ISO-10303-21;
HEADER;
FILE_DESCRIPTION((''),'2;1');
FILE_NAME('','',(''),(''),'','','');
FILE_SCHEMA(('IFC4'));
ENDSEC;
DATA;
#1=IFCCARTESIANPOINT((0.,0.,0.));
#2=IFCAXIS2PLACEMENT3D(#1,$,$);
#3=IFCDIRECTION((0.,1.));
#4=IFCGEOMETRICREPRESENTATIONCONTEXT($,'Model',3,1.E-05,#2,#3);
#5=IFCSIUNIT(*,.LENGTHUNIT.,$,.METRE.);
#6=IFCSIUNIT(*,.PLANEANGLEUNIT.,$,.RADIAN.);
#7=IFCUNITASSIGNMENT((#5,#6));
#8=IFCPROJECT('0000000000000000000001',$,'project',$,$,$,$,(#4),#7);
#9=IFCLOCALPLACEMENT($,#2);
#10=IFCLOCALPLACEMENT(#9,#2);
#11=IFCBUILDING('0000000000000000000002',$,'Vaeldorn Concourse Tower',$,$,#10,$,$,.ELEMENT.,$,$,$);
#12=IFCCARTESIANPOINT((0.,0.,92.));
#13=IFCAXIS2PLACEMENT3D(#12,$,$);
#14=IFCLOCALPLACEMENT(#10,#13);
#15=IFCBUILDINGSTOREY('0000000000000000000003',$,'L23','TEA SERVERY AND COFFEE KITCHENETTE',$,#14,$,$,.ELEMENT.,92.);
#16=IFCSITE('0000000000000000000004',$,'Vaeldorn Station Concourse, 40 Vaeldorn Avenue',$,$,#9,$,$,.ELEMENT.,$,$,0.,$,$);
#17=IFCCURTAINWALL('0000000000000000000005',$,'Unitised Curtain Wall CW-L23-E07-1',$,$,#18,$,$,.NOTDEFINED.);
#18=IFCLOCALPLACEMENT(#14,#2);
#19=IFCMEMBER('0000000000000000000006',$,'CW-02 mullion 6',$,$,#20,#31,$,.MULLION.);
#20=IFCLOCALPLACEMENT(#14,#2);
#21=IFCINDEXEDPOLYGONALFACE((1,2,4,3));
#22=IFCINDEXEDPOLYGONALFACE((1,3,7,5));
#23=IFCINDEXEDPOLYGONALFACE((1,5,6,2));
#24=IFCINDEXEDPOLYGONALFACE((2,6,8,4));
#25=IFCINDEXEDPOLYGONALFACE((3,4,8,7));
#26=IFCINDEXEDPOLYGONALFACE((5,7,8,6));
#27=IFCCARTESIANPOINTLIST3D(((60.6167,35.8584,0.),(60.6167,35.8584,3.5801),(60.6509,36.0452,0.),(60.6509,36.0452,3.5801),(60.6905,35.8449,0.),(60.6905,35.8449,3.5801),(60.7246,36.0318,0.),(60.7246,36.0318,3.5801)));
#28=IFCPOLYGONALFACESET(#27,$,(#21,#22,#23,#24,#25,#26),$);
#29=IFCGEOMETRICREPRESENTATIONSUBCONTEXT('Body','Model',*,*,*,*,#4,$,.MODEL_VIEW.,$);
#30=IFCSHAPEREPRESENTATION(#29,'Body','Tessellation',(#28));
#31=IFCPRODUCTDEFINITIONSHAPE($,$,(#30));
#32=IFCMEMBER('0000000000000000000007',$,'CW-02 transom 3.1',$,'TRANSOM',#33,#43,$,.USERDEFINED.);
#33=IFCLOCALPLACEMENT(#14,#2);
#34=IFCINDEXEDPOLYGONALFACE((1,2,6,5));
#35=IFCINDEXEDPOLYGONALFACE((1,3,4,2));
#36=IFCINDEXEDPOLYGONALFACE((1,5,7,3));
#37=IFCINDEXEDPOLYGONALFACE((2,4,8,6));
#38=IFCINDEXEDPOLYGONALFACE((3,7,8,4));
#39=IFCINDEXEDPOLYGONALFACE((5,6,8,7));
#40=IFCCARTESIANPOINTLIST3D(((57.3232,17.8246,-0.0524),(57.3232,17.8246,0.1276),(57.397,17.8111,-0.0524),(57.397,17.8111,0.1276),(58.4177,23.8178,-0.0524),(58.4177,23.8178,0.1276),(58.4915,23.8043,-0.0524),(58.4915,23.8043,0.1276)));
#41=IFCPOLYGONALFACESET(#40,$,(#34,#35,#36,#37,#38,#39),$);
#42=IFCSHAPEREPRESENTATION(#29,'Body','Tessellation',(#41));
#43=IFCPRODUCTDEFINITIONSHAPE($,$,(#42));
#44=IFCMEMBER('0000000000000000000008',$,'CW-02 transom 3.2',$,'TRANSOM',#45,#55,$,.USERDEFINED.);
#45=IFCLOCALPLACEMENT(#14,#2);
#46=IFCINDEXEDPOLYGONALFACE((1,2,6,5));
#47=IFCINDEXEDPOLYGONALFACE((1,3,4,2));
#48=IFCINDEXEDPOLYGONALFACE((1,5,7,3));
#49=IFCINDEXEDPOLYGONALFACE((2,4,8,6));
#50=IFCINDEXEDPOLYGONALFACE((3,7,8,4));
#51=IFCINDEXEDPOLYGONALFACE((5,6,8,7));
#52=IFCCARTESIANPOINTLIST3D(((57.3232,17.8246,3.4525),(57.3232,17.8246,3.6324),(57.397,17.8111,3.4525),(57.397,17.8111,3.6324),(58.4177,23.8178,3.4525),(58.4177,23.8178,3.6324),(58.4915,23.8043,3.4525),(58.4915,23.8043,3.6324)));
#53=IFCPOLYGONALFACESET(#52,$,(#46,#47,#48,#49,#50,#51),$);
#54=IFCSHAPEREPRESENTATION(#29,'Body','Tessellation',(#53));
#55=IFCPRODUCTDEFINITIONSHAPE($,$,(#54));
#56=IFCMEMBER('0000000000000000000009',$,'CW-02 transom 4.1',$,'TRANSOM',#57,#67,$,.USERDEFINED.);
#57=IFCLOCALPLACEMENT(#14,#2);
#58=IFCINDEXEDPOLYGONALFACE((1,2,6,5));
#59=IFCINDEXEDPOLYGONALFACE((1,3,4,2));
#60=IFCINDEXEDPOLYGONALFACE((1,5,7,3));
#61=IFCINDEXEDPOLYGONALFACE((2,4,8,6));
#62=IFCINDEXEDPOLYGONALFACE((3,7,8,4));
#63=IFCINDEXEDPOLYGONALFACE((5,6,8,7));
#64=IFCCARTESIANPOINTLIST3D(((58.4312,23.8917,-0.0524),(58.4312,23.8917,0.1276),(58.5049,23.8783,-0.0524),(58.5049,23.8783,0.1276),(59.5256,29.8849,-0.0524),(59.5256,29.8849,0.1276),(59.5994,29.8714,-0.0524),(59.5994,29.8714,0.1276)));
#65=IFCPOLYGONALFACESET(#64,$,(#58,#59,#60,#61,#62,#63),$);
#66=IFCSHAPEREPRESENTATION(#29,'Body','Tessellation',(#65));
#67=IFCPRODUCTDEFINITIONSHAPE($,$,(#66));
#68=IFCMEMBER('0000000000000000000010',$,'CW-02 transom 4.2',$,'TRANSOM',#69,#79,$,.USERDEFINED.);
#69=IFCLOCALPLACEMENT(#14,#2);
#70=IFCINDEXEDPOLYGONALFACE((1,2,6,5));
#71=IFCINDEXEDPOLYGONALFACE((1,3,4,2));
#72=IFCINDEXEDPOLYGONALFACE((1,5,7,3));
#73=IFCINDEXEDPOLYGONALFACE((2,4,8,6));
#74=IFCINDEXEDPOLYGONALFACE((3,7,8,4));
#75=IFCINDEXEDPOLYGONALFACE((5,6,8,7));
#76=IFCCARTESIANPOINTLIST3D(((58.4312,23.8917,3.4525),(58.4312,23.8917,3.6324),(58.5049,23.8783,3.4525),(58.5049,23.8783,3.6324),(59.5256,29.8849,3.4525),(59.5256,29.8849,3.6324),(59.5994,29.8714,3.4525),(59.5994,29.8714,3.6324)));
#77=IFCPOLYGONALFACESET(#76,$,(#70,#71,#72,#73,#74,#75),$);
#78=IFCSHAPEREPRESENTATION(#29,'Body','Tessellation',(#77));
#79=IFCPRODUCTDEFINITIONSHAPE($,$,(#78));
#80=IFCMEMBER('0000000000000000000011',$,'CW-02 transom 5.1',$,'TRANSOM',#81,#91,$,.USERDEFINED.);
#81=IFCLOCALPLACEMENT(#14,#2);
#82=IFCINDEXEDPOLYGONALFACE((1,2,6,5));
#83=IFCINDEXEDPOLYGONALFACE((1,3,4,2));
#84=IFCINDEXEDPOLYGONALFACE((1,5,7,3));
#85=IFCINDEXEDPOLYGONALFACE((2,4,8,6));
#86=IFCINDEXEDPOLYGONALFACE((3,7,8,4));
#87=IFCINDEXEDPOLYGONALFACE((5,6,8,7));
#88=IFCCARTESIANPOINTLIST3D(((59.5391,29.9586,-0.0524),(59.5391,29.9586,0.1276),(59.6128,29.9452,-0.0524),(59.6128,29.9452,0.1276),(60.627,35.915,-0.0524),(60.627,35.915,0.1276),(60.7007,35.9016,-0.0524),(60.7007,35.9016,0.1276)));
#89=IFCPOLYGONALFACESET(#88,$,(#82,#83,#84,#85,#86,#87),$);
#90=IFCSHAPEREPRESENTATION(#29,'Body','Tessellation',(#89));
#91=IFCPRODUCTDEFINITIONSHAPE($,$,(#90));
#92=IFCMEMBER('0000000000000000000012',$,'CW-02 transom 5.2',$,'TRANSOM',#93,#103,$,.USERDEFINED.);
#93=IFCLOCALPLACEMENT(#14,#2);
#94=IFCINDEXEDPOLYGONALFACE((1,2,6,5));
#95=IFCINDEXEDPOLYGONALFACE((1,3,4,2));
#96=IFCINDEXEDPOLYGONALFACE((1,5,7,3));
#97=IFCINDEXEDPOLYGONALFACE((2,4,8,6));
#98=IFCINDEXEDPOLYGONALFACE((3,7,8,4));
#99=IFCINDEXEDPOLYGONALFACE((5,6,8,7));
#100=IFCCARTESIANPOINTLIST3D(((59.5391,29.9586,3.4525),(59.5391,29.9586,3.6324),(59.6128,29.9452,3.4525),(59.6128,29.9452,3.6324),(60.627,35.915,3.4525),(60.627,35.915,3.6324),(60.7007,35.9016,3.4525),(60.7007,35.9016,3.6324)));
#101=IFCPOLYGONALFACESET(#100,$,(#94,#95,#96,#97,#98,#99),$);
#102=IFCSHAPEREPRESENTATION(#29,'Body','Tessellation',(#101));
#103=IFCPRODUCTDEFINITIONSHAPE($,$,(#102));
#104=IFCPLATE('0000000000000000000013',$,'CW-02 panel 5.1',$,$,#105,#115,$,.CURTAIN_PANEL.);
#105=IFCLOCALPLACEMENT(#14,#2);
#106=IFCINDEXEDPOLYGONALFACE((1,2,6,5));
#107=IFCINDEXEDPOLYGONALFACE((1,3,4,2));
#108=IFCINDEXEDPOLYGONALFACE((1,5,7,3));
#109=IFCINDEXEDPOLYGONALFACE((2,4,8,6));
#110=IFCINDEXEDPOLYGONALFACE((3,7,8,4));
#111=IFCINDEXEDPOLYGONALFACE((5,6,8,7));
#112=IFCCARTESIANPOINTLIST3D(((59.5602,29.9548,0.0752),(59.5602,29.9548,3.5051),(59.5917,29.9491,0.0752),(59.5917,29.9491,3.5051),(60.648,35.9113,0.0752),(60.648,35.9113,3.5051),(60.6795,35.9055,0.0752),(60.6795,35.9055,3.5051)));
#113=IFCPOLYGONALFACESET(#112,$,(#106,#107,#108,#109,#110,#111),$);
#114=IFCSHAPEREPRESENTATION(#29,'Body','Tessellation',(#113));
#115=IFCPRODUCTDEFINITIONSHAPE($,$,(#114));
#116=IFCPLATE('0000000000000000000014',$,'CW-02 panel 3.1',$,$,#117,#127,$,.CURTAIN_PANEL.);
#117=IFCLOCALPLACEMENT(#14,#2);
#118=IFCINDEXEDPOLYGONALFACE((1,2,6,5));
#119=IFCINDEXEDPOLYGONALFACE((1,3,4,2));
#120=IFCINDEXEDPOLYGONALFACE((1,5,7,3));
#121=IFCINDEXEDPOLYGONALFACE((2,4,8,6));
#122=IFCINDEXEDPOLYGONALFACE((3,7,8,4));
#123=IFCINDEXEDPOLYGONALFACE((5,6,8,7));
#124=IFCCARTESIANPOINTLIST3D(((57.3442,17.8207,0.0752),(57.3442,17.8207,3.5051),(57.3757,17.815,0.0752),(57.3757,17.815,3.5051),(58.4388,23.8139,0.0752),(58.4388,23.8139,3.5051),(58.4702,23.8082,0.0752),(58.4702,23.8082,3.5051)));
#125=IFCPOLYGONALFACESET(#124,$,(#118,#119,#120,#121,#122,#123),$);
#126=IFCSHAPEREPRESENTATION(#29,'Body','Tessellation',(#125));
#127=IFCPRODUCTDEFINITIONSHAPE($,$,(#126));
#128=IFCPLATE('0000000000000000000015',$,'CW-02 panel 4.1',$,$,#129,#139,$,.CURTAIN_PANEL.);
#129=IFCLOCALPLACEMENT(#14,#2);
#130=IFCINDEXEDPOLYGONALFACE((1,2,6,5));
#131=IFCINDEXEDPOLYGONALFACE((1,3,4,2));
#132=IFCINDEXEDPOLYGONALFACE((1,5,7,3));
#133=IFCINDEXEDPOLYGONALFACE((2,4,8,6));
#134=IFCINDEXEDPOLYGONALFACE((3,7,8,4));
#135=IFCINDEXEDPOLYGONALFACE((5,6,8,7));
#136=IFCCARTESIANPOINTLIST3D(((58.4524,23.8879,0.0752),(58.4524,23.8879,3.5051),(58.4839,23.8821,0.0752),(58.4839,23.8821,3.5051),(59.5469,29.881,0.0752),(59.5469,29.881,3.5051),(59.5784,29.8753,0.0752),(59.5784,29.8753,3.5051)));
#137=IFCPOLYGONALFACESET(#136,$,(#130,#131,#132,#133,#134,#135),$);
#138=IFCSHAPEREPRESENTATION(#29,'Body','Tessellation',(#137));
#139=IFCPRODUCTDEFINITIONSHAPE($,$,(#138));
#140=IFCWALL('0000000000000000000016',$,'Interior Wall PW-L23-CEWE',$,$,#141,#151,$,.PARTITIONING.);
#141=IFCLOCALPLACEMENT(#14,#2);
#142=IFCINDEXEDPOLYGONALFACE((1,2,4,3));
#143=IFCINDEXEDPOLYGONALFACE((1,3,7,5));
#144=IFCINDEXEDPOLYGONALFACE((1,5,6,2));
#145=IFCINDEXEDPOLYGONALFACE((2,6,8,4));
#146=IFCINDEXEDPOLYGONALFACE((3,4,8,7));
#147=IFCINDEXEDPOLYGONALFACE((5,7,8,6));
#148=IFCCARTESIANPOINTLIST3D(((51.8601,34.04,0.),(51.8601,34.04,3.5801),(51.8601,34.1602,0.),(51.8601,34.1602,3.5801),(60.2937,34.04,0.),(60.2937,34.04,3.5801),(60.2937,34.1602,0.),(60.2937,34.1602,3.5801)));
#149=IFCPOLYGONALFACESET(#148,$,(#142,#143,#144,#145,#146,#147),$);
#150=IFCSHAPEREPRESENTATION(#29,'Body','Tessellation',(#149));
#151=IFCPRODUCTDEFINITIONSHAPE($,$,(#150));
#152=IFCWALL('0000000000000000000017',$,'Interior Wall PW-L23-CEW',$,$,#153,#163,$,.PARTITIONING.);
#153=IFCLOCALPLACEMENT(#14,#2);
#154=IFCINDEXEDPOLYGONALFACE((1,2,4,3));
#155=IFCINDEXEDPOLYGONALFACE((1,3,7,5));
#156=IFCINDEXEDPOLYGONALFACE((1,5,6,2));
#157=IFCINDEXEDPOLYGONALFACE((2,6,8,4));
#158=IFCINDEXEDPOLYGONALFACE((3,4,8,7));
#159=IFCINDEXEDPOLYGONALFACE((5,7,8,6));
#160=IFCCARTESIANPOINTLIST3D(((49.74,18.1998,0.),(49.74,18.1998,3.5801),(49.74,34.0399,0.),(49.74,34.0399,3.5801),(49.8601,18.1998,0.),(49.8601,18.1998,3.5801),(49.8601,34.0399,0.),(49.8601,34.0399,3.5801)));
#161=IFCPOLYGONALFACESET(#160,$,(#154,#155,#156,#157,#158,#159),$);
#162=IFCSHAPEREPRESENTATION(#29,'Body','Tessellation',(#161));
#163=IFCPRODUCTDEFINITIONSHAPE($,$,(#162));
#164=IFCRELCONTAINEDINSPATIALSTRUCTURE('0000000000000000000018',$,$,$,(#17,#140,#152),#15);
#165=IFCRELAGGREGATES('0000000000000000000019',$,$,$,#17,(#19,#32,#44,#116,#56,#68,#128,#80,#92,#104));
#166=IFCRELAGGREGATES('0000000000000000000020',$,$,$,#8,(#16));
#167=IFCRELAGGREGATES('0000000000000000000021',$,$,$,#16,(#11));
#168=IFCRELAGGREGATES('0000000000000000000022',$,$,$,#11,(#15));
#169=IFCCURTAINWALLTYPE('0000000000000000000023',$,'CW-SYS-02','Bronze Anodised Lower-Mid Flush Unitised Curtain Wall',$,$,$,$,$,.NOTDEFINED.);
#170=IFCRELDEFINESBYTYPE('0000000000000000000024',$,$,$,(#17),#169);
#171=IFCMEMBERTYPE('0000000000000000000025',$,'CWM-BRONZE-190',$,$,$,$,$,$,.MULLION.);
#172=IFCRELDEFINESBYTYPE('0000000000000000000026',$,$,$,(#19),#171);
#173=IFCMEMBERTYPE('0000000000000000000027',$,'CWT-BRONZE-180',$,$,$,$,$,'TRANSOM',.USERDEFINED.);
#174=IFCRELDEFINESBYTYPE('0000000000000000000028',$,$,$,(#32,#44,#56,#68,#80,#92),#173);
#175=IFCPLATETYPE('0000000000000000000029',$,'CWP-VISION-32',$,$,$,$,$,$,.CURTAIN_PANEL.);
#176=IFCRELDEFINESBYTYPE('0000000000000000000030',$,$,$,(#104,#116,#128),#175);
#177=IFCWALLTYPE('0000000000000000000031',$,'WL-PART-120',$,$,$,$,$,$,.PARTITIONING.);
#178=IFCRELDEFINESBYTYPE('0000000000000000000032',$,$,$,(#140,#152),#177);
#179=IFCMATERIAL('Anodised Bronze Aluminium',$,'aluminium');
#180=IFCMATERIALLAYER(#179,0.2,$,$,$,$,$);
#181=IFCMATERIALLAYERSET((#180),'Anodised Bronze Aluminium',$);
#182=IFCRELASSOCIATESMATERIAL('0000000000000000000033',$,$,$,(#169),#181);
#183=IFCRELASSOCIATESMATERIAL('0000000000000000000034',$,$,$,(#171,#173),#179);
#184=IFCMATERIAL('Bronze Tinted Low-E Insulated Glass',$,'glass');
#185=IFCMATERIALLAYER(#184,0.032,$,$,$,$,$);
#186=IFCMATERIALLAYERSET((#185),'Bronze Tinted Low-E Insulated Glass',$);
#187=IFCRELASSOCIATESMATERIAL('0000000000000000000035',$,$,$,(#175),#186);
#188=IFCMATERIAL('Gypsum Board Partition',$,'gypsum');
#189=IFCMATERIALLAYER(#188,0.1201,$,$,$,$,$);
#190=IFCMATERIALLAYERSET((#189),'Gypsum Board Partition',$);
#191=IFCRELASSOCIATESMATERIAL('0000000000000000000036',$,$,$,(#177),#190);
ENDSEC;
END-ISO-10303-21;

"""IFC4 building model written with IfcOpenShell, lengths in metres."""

from ifc_helpers import new_model, si_unit, direction, frame, frame_2d, origin, origin_2d, place, context, subcontext, project, spatial, rectangle, extrude, source, transform, mapped, material, layer, layer_set, material_profile, profile_set, type_object, element, aggregate, save


model = new_model("IFC4")

# Units and contexts
model_context = context("Model", 3, precision=1e-05, world=origin(), true_north=direction((0.0, 1.0)))
body_context = subcontext(model_context, "Body", "Model", "MODEL_VIEW")
ifc_project = project(units=[si_unit("LENGTHUNIT", "METRE"), si_unit("PLANEANGLEUNIT", "RADIAN")], contexts=[model_context])

# Site, building, storey
site_placement = place(None, origin())
site = spatial("IfcSite", under=ifc_project, at=site_placement, Name="Vaeldorn Station Concourse, 40 Vaeldorn Avenue", CompositionType="ELEMENT", RefElevation=0.0)
building_placement = place(site_placement, origin())
building = spatial("IfcBuilding", under=site, at=building_placement, Name="Vaeldorn Concourse Tower", CompositionType="ELEMENT")
storey_placement = place(building_placement, frame((0.0, 0.0, 92.0)))
storey = spatial("IfcBuildingStorey", under=building, at=storey_placement, Name="L23", Description="TEA SERVERY AND COFFEE KITCHENETTE", CompositionType="ELEMENT", Elevation=92.0)

# Curtain wall, members, plates
ifc_material_1 = material(Name="Anodised Bronze Aluminium", Category="aluminium")
ifc_layer_1 = layer(ifc_material_1, 0.2)
ifc_layer_set_1 = layer_set([ifc_layer_1], Name="Anodised Bronze Aluminium")
curtain_wall_type = type_object("IfcCurtainWallType", Name="CW-SYS-02", Description="Bronze Anodised Lower-Mid Flush Unitised Curtain Wall", PredefinedType="NOTDEFINED", material=ifc_layer_set_1)
curtain_wall_placement = place(storey_placement, origin())
curtain_wall = element("IfcCurtainWall", 1, at=curtain_wall_placement, inside=storey, type_object=curtain_wall_type, Name="Unitised Curtain Wall CW-L23-E07-1", PredefinedType="NOTDEFINED")
ifc_material_profile_1 = material_profile(ifc_material_1, rectangle(XDim=0.075, YDim=0.1899, at=origin_2d()), Name="CWM 75x190")
ifc_profile_set_1 = profile_set([ifc_material_profile_1], Name="Anodised Bronze Aluminium")
member_type_1 = type_object("IfcMemberType", Name="CWM-BRONZE-190", PredefinedType="MULLION", material=ifc_profile_set_1)
shared_shape_1 = source(origin(), body_context, "Body", "SweptSolid", [
    extrude(rectangle(XDim=0.075, YDim=0.1899, at=origin_2d()), origin(), (0.0, 0.0, 1.0), 3.5801),
])
member_1_placement = place(storey_placement, frame((60.6707, 35.9451, 0.0), z_axis=(0.0, 0.0, 1.0), x_axis=(-0.983729, 0.179656, 0.0)))
member_1 = element("IfcMember", 2, at=member_1_placement, type_object=member_type_1, Name="CW-02 mullion 6", PredefinedType="MULLION", context=body_context, shape_type="MappedRepresentation", body=[
    mapped(shared_shape_1, transform((0.0, 0.0, 0.0), scale=1.0)),
])
ifc_material_profile_2 = material_profile(ifc_material_1, rectangle(XDim=0.075, YDim=0.1799, at=origin_2d()), Name="CWT 75x180")
ifc_profile_set_2 = profile_set([ifc_material_profile_2], Name="Anodised Bronze Aluminium")
member_type_2 = type_object("IfcMemberType", Name="CWT-BRONZE-180", ElementType="TRANSOM", PredefinedType="USERDEFINED", material=ifc_profile_set_2)
shared_shape_2 = source(origin(), body_context, "Body", "SweptSolid", [
    extrude(rectangle(XDim=0.075, YDim=0.1799, at=origin_2d()), origin(), (0.0, 0.0, 1.0), 6.0923),
])
member_2_placement = place(storey_placement, frame((57.3601, 17.8179, 0.0376), z_axis=(0.179651, 0.98373, 0.0), x_axis=(-0.98373, 0.179651, 0.0)))
member_2 = element("IfcMember", 3, at=member_2_placement, type_object=member_type_2, Name="CW-02 transom 3.1", ObjectType="TRANSOM", PredefinedType="USERDEFINED", context=body_context, shape_type="MappedRepresentation", body=[
    mapped(shared_shape_2, transform((0.0, 0.0, 0.0), scale=1.0)),
])
member_3_placement = place(storey_placement, frame((57.3601, 17.8179, 3.5425), z_axis=(0.179651, 0.98373, 0.0), x_axis=(-0.98373, 0.179651, 0.0)))
member_3 = element("IfcMember", 4, at=member_3_placement, type_object=member_type_2, Name="CW-02 transom 3.2", ObjectType="TRANSOM", PredefinedType="USERDEFINED", context=body_context, shape_type="MappedRepresentation", body=[
    mapped(shared_shape_2, transform((0.0, 0.0, 0.0), scale=1.0)),
])
member_4_placement = place(storey_placement, frame((58.468, 23.885, 0.0376), z_axis=(0.179651, 0.98373, 0.0), x_axis=(-0.98373, 0.179651, 0.0)))
member_4 = element("IfcMember", 5, at=member_4_placement, type_object=member_type_2, Name="CW-02 transom 4.1", ObjectType="TRANSOM", PredefinedType="USERDEFINED", context=body_context, shape_type="MappedRepresentation", body=[
    mapped(shared_shape_2, transform((0.0, 0.0, 0.0), scale=1.0)),
])
member_5_placement = place(storey_placement, frame((58.468, 23.885, 3.5425), z_axis=(0.179651, 0.98373, 0.0), x_axis=(-0.98373, 0.179651, 0.0)))
member_5 = element("IfcMember", 6, at=member_5_placement, type_object=member_type_2, Name="CW-02 transom 4.2", ObjectType="TRANSOM", PredefinedType="USERDEFINED", context=body_context, shape_type="MappedRepresentation", body=[
    mapped(shared_shape_2, transform((0.0, 0.0, 0.0), scale=1.0)),
])
shared_shape_3 = source(origin(), body_context, "Body", "SweptSolid", [
    extrude(rectangle(XDim=0.075, YDim=0.1799, at=origin_2d()), origin(), (0.0, 0.0, 1.0), 6.0549),
])
member_6_placement = place(storey_placement, frame((59.5759, 29.9519, 0.0376), z_axis=(0.179673, 0.983726, 0.0), x_axis=(-0.983726, 0.179673, 0.0)))
member_6 = element("IfcMember", 7, at=member_6_placement, type_object=member_type_2, Name="CW-02 transom 5.1", ObjectType="TRANSOM", PredefinedType="USERDEFINED", context=body_context, shape_type="MappedRepresentation", body=[
    mapped(shared_shape_3, transform((0.0, 0.0, 0.0), scale=1.0)),
])
member_7_placement = place(storey_placement, frame((59.5759, 29.9519, 3.5425), z_axis=(0.179673, 0.983726, 0.0), x_axis=(-0.983726, 0.179673, 0.0)))
member_7 = element("IfcMember", 8, at=member_7_placement, type_object=member_type_2, Name="CW-02 transom 5.2", ObjectType="TRANSOM", PredefinedType="USERDEFINED", context=body_context, shape_type="MappedRepresentation", body=[
    mapped(shared_shape_3, transform((0.0, 0.0, 0.0), scale=1.0)),
])
ifc_material_2 = material(Name="Bronze Tinted Low-E Insulated Glass", Category="glass")
ifc_layer_2 = layer(ifc_material_2, 0.032)
ifc_layer_set_2 = layer_set([ifc_layer_2], Name="Bronze Tinted Low-E Insulated Glass")
plate_type = type_object("IfcPlateType", Name="CWP-VISION-32", PredefinedType="CURTAIN_PANEL", material=ifc_layer_set_2)
shared_shape_4 = source(origin(), body_context, "Body", "SweptSolid", [
    extrude(rectangle(XDim=6.0549, YDim=0.032, at=origin_2d()), origin(), (0.0, 0.0, 1.0), 3.4299),
])
plate_1_placement = place(storey_placement, frame((60.1199, 32.9302, 0.0752), z_axis=(0.0, 0.0, 1.0), x_axis=(0.179656, 0.983729, 0.0)))
plate_1 = element("IfcPlate", 9, at=plate_1_placement, type_object=plate_type, Name="CW-02 panel 5.1", PredefinedType="CURTAIN_PANEL", context=body_context, shape_type="MappedRepresentation", body=[
    mapped(shared_shape_4, transform((0.0, 0.0, 0.0), scale=1.0)),
])
shared_shape_5 = source(origin(), body_context, "Body", "SweptSolid", [
    extrude(rectangle(XDim=6.0923, YDim=0.032, at=origin_2d()), origin(), (0.0, 0.0, 1.0), 3.4299),
])
plate_2_placement = place(storey_placement, frame((57.9072, 20.8145, 0.0752), z_axis=(0.0, 0.0, 1.0), x_axis=(0.179656, 0.983729, 0.0)))
plate_2 = element("IfcPlate", 10, at=plate_2_placement, type_object=plate_type, Name="CW-02 panel 3.1", PredefinedType="CURTAIN_PANEL", context=body_context, shape_type="MappedRepresentation", body=[
    mapped(shared_shape_5, transform((0.0, 0.0, 0.0), scale=1.0)),
])
plate_3_placement = place(storey_placement, frame((59.0154, 26.8816, 0.0752), z_axis=(0.0, 0.0, 1.0), x_axis=(0.179656, 0.983729, 0.0)))
plate_3 = element("IfcPlate", 11, at=plate_3_placement, type_object=plate_type, Name="CW-02 panel 4.1", PredefinedType="CURTAIN_PANEL", context=body_context, shape_type="MappedRepresentation", body=[
    mapped(shared_shape_5, transform((0.0, 0.0, 0.0), scale=1.0)),
])
aggregate(curtain_wall, [member_1, member_2, member_3, plate_2, member_4, member_5, plate_3, member_6, member_7, plate_1])

# Wall
ifc_material_3 = material(Name="Gypsum Board Partition", Category="gypsum")
ifc_layer_3 = layer(ifc_material_3, 0.1201)
ifc_layer_set_3 = layer_set([ifc_layer_3], Name="Gypsum Board Partition")
wall_type = type_object("IfcWallType", Name="WL-PART-120", PredefinedType="PARTITIONING", material=ifc_layer_set_3)
wall_1_placement = place(storey_placement, frame((51.8601, 34.1001, 0.0), z_axis=(0.0, 0.0, 1.0), x_axis=(1.0, 0.0, 0.0)))
element("IfcWall", 12, at=wall_1_placement, inside=storey, type_object=wall_type, Name="Interior Wall PW-L23-CEWE", PredefinedType="PARTITIONING", context=body_context, shape_type="SweptSolid", body=[
    extrude(rectangle(XDim=8.4336, YDim=0.1201, at=frame_2d((4.2168, 0.0))), origin(), (0.0, 0.0, 1.0), 3.5801),
])

# Wall
wall_2_placement = place(storey_placement, frame((49.8, 18.2, 0.0), z_axis=(0.0, 0.0, 1.0), x_axis=(0.0, 1.0, 0.0)))
element("IfcWall", 13, at=wall_2_placement, inside=storey, type_object=wall_type, Name="Interior Wall PW-L23-CEW", PredefinedType="PARTITIONING", context=body_context, shape_type="SweptSolid", body=[
    extrude(rectangle(XDim=15.8401, YDim=0.1201, at=frame_2d((7.9199, 0.0))), origin(), (0.0, 0.0, 1.0), 3.5801),
])

save(model, "model.ifc")
